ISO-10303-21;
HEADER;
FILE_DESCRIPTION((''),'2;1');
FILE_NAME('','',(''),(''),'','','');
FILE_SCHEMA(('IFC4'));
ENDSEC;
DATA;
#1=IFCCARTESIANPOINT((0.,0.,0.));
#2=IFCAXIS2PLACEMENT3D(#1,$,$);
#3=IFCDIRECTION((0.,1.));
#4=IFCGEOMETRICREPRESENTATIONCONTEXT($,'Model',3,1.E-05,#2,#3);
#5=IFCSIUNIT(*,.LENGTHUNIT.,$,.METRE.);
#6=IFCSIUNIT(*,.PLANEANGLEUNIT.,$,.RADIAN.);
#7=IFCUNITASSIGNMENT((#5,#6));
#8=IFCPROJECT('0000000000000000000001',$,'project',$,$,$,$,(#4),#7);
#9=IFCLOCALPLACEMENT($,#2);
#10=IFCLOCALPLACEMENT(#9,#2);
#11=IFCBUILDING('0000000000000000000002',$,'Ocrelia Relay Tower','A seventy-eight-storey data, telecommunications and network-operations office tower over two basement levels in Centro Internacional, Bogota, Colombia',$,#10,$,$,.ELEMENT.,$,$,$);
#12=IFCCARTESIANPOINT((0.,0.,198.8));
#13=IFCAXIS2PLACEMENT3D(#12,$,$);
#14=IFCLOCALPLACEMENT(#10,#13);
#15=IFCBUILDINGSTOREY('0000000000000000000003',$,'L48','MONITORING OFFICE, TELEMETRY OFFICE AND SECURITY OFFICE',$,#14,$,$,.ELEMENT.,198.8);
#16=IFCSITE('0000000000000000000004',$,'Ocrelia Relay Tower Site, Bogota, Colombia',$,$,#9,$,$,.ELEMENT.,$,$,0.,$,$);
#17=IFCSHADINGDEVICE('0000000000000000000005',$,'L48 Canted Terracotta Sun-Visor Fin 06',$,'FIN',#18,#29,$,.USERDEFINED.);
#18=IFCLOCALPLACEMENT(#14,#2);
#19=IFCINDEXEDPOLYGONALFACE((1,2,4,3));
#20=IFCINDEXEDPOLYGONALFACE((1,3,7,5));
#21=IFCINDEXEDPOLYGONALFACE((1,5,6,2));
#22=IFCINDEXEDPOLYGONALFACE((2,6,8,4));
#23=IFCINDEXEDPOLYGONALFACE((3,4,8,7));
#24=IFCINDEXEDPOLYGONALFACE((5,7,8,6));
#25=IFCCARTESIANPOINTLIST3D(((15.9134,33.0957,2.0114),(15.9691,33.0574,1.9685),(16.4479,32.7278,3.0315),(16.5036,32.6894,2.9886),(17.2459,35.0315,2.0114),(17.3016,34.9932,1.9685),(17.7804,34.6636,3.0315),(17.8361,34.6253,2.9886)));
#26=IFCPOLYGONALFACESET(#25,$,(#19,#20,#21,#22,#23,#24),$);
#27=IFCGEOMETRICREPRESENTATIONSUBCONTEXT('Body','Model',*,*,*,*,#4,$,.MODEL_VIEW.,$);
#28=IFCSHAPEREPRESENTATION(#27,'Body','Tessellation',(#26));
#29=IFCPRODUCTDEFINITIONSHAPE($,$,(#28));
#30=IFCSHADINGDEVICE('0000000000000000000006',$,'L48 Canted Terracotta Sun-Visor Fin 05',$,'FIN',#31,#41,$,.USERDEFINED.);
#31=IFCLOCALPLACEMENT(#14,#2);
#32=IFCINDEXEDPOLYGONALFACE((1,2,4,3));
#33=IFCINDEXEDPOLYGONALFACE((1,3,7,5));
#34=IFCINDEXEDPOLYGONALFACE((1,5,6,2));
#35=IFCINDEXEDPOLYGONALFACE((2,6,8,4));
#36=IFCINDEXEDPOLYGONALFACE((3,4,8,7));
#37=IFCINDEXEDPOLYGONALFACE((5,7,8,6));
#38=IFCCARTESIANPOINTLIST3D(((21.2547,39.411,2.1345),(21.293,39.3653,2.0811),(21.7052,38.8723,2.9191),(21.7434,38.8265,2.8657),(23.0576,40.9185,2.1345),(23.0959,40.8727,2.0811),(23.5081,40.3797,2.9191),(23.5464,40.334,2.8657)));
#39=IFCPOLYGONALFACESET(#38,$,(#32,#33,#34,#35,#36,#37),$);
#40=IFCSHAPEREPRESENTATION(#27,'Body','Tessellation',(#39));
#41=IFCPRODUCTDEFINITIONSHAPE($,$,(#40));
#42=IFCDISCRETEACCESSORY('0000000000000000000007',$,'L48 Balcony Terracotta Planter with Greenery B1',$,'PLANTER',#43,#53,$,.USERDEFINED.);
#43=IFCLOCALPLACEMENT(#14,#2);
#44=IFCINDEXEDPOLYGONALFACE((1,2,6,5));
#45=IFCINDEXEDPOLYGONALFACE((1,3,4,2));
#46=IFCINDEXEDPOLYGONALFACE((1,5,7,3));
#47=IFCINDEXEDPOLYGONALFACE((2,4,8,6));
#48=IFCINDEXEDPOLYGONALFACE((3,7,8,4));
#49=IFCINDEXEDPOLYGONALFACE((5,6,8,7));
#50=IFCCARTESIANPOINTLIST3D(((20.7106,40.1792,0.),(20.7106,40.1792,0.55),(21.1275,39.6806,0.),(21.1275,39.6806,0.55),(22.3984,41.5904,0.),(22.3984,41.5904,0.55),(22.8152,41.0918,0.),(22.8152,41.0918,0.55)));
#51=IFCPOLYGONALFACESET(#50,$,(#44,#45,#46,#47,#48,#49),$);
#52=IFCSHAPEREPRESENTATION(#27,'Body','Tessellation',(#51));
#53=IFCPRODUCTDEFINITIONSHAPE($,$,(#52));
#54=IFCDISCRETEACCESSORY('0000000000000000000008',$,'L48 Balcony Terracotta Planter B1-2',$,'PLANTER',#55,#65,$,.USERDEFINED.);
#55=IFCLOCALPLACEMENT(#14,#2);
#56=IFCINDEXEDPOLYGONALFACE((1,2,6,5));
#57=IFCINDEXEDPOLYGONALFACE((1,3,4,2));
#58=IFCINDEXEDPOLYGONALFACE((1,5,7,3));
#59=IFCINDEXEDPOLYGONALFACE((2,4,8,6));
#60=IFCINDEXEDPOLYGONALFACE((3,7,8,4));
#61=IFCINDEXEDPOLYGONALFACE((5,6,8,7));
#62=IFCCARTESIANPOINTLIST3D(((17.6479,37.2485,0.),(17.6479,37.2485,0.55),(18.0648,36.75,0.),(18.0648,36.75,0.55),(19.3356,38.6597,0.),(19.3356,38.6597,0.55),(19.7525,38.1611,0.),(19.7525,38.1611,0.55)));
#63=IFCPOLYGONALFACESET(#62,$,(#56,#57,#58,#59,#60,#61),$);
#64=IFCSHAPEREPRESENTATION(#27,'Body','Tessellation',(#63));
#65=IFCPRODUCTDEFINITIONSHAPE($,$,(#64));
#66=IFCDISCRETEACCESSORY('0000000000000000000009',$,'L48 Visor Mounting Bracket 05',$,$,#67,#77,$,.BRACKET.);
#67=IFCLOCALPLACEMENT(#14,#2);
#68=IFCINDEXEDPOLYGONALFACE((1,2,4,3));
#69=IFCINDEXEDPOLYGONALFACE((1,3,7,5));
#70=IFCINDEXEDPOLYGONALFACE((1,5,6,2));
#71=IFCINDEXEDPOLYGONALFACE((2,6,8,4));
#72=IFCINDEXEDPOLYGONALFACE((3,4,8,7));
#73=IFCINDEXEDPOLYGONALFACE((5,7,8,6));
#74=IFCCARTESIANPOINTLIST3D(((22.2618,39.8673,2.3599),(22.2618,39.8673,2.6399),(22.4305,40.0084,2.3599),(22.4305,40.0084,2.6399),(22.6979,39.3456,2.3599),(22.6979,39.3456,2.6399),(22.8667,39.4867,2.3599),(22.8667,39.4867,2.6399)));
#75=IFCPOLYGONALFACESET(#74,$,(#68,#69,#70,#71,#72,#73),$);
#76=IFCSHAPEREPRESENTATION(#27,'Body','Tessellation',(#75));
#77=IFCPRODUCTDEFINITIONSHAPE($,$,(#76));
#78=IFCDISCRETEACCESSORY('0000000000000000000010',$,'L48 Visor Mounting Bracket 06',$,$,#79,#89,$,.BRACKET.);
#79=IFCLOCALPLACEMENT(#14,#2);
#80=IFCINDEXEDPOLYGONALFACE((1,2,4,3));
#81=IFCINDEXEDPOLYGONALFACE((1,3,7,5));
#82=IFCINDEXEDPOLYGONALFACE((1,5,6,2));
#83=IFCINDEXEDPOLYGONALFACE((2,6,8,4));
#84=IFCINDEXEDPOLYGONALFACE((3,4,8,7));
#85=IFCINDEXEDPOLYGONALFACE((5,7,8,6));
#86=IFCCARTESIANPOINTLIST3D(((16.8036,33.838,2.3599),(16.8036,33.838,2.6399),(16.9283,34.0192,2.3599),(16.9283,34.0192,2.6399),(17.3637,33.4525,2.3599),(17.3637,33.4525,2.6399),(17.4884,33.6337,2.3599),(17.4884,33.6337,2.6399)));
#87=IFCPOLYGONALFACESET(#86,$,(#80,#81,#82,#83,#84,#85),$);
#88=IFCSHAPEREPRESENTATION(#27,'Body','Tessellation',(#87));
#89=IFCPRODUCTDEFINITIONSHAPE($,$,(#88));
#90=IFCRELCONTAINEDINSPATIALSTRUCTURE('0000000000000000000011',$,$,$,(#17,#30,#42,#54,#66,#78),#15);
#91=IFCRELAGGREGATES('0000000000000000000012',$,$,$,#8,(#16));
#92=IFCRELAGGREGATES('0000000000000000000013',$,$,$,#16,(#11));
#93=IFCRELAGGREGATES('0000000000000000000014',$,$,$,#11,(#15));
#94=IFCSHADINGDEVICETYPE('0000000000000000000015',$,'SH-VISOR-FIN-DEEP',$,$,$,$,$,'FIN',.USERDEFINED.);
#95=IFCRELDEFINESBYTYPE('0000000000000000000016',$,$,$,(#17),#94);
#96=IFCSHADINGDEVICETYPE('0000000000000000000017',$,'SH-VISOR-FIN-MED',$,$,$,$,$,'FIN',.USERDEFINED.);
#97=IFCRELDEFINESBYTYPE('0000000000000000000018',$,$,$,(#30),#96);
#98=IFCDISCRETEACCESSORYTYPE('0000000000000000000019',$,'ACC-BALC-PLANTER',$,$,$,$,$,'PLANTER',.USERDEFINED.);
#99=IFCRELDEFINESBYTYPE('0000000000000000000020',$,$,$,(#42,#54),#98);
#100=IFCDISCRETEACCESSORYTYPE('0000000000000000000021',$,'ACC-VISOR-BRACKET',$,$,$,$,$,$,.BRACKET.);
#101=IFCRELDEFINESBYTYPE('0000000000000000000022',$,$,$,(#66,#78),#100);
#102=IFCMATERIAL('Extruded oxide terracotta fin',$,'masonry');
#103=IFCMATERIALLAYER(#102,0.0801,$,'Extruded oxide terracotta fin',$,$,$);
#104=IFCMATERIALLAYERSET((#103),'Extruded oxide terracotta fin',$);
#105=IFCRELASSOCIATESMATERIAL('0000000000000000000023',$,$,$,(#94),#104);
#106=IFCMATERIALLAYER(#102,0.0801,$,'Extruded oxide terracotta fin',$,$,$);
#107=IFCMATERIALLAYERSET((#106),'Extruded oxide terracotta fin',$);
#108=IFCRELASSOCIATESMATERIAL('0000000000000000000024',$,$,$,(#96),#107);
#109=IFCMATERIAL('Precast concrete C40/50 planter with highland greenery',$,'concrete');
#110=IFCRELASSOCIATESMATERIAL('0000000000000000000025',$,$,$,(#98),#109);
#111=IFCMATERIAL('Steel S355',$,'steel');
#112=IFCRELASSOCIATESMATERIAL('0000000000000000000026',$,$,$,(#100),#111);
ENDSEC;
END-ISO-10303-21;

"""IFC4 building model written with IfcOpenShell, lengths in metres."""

from ifc_helpers import new_model, si_unit, direction, frame, origin, origin_2d, place, context, subcontext, project, spatial, rectangle, extrude, material, layer, layer_set, type_object, element, save


model = new_model("IFC4")

# Units and contexts
model_context = context("Model", 3, precision=1e-05, world=origin(), true_north=direction((0.0, 1.0)))
body_context = subcontext(model_context, "Body", "Model", "MODEL_VIEW")
ifc_project = project(units=[si_unit("LENGTHUNIT", "METRE"), si_unit("PLANEANGLEUNIT", "RADIAN")], contexts=[model_context])

# Site, building, storey
site_placement = place(None, origin())
site = spatial("IfcSite", under=ifc_project, at=site_placement, Name="Ocrelia Relay Tower Site, Bogota, Colombia", CompositionType="ELEMENT", RefElevation=0.0)
building_placement = place(site_placement, origin())
building = spatial("IfcBuilding", under=site, at=building_placement, Name="Ocrelia Relay Tower", Description="A seventy-eight-storey data, telecommunications and network-operations office tower over two basement levels in Centro Internacional, Bogota, Colombia", CompositionType="ELEMENT")
storey_placement = place(building_placement, frame((0.0, 0.0, 198.8)))
storey = spatial("IfcBuildingStorey", under=building, at=storey_placement, Name="L48", Description="MONITORING OFFICE, TELEMETRY OFFICE AND SECURITY OFFICE", CompositionType="ELEMENT", Elevation=198.8)

# Shared definitions
ifc_material_1 = material(Name="Steel S355", Category="steel")

# Shading devices
ifc_material_2 = material(Name="Extruded oxide terracotta fin", Category="masonry")
ifc_layer_1 = layer(ifc_material_2, 0.0801, Name="Extruded oxide terracotta fin")
ifc_layer_set_1 = layer_set([ifc_layer_1], Name="Extruded oxide terracotta fin")
shading_device_type_1 = type_object("IfcShadingDeviceType", Name="SH-VISOR-FIN-DEEP", ElementType="FIN", PredefinedType="USERDEFINED", material=ifc_layer_set_1)
shading_device_1_placement = place(storey_placement, frame((16.9026, 33.8413, 2.4785), z_axis=(-0.695024, 0.478418, 0.536711), x_axis=(-0.567003, -0.823716, 0.0)))
element("IfcShadingDevice", 1, at=shading_device_1_placement, inside=storey, type_object=shading_device_type_1, Name="L48 Canted Terracotta Sun-Visor Fin 06", ObjectType="FIN", PredefinedType="USERDEFINED", context=body_context, shape_type="SweptSolid", body=[
    extrude(rectangle(XDim=2.3501, YDim=1.209, at=origin_2d()), origin(), (0.0, 0.0, 1.0), 0.0801),
])
ifc_layer_2 = layer(ifc_material_2, 0.0801, Name="Extruded oxide terracotta fin")
ifc_layer_set_2 = layer_set([ifc_layer_2], Name="Extruded oxide terracotta fin")
shading_device_type_2 = type_object("IfcShadingDeviceType", Name="SH-VISOR-FIN-MED", ElementType="FIN", PredefinedType="USERDEFINED", material=ifc_layer_set_2)
shading_device_2_placement = place(storey_placement, frame((22.4197, 39.8496, 2.4734), z_axis=(-0.47796, 0.571637, 0.666923), x_axis=(-0.767167, -0.641447, 0.0)))
element("IfcShadingDevice", 2, at=shading_device_2_placement, inside=storey, type_object=shading_device_type_2, Name="L48 Canted Terracotta Sun-Visor Fin 05", ObjectType="FIN", PredefinedType="USERDEFINED", context=body_context, shape_type="SweptSolid", body=[
    extrude(rectangle(XDim=2.3501, YDim=1.053, at=origin_2d()), origin(), (0.0, 0.0, 1.0), 0.0801),
])

# Discrete accessories
ifc_material_3 = material(Name="Precast concrete C40/50 planter with highland greenery", Category="concrete")
discrete_accessory_type_1 = type_object("IfcDiscreteAccessoryType", Name="ACC-BALC-PLANTER", ElementType="PLANTER", PredefinedType="USERDEFINED", material=ifc_material_3)
for number, where, z_axis, x_axis, name in (
    (3, (21.7629, 40.6355, 0.0), (0.0, 0.0, 1.0), (0.767164, 0.64145, 0.0), "L48 Balcony Terracotta Planter with Greenery B1"),
    (4, (18.7002, 37.7048, 0.0), (0.0, 0.0, 1.0), (0.767164, 0.64145, 0.0), "L48 Balcony Terracotta Planter B1-2"),
):
    element("IfcDiscreteAccessory", number, at=place(storey_placement, frame(where, z_axis=z_axis, x_axis=x_axis)), inside=storey, type_object=discrete_accessory_type_1, Name=name, ObjectType="PLANTER", PredefinedType="USERDEFINED", context=body_context, shape_type="SweptSolid", body=[
        extrude(rectangle(XDim=2.2, YDim=0.6499, at=origin_2d()), origin(), (0.0, 0.0, 1.0), 0.55),
    ])
discrete_accessory_type_2 = type_object("IfcDiscreteAccessoryType", Name="ACC-VISOR-BRACKET", PredefinedType="BRACKET", material=ifc_material_1)
for number, where, z_axis, x_axis, name in (
    (5, (22.5642, 39.677, 2.3599), (0.0, 0.0, 1.0), (-0.767167, -0.641447, 0.0), "L48 Visor Mounting Bracket 05"),
    (6, (17.146, 33.7358, 2.3599), (0.0, 0.0, 1.0), (-0.567003, -0.823716, 0.0), "L48 Visor Mounting Bracket 06"),
):
    element("IfcDiscreteAccessory", number, at=place(storey_placement, frame(where, z_axis=z_axis, x_axis=x_axis)), inside=storey, type_object=discrete_accessory_type_2, Name=name, PredefinedType="BRACKET", context=body_context, shape_type="SweptSolid", body=[
        extrude(rectangle(XDim=0.22, YDim=0.6799, at=origin_2d()), origin(), (0.0, 0.0, 1.0), 0.28),
    ])

save(model, "model.ifc")
